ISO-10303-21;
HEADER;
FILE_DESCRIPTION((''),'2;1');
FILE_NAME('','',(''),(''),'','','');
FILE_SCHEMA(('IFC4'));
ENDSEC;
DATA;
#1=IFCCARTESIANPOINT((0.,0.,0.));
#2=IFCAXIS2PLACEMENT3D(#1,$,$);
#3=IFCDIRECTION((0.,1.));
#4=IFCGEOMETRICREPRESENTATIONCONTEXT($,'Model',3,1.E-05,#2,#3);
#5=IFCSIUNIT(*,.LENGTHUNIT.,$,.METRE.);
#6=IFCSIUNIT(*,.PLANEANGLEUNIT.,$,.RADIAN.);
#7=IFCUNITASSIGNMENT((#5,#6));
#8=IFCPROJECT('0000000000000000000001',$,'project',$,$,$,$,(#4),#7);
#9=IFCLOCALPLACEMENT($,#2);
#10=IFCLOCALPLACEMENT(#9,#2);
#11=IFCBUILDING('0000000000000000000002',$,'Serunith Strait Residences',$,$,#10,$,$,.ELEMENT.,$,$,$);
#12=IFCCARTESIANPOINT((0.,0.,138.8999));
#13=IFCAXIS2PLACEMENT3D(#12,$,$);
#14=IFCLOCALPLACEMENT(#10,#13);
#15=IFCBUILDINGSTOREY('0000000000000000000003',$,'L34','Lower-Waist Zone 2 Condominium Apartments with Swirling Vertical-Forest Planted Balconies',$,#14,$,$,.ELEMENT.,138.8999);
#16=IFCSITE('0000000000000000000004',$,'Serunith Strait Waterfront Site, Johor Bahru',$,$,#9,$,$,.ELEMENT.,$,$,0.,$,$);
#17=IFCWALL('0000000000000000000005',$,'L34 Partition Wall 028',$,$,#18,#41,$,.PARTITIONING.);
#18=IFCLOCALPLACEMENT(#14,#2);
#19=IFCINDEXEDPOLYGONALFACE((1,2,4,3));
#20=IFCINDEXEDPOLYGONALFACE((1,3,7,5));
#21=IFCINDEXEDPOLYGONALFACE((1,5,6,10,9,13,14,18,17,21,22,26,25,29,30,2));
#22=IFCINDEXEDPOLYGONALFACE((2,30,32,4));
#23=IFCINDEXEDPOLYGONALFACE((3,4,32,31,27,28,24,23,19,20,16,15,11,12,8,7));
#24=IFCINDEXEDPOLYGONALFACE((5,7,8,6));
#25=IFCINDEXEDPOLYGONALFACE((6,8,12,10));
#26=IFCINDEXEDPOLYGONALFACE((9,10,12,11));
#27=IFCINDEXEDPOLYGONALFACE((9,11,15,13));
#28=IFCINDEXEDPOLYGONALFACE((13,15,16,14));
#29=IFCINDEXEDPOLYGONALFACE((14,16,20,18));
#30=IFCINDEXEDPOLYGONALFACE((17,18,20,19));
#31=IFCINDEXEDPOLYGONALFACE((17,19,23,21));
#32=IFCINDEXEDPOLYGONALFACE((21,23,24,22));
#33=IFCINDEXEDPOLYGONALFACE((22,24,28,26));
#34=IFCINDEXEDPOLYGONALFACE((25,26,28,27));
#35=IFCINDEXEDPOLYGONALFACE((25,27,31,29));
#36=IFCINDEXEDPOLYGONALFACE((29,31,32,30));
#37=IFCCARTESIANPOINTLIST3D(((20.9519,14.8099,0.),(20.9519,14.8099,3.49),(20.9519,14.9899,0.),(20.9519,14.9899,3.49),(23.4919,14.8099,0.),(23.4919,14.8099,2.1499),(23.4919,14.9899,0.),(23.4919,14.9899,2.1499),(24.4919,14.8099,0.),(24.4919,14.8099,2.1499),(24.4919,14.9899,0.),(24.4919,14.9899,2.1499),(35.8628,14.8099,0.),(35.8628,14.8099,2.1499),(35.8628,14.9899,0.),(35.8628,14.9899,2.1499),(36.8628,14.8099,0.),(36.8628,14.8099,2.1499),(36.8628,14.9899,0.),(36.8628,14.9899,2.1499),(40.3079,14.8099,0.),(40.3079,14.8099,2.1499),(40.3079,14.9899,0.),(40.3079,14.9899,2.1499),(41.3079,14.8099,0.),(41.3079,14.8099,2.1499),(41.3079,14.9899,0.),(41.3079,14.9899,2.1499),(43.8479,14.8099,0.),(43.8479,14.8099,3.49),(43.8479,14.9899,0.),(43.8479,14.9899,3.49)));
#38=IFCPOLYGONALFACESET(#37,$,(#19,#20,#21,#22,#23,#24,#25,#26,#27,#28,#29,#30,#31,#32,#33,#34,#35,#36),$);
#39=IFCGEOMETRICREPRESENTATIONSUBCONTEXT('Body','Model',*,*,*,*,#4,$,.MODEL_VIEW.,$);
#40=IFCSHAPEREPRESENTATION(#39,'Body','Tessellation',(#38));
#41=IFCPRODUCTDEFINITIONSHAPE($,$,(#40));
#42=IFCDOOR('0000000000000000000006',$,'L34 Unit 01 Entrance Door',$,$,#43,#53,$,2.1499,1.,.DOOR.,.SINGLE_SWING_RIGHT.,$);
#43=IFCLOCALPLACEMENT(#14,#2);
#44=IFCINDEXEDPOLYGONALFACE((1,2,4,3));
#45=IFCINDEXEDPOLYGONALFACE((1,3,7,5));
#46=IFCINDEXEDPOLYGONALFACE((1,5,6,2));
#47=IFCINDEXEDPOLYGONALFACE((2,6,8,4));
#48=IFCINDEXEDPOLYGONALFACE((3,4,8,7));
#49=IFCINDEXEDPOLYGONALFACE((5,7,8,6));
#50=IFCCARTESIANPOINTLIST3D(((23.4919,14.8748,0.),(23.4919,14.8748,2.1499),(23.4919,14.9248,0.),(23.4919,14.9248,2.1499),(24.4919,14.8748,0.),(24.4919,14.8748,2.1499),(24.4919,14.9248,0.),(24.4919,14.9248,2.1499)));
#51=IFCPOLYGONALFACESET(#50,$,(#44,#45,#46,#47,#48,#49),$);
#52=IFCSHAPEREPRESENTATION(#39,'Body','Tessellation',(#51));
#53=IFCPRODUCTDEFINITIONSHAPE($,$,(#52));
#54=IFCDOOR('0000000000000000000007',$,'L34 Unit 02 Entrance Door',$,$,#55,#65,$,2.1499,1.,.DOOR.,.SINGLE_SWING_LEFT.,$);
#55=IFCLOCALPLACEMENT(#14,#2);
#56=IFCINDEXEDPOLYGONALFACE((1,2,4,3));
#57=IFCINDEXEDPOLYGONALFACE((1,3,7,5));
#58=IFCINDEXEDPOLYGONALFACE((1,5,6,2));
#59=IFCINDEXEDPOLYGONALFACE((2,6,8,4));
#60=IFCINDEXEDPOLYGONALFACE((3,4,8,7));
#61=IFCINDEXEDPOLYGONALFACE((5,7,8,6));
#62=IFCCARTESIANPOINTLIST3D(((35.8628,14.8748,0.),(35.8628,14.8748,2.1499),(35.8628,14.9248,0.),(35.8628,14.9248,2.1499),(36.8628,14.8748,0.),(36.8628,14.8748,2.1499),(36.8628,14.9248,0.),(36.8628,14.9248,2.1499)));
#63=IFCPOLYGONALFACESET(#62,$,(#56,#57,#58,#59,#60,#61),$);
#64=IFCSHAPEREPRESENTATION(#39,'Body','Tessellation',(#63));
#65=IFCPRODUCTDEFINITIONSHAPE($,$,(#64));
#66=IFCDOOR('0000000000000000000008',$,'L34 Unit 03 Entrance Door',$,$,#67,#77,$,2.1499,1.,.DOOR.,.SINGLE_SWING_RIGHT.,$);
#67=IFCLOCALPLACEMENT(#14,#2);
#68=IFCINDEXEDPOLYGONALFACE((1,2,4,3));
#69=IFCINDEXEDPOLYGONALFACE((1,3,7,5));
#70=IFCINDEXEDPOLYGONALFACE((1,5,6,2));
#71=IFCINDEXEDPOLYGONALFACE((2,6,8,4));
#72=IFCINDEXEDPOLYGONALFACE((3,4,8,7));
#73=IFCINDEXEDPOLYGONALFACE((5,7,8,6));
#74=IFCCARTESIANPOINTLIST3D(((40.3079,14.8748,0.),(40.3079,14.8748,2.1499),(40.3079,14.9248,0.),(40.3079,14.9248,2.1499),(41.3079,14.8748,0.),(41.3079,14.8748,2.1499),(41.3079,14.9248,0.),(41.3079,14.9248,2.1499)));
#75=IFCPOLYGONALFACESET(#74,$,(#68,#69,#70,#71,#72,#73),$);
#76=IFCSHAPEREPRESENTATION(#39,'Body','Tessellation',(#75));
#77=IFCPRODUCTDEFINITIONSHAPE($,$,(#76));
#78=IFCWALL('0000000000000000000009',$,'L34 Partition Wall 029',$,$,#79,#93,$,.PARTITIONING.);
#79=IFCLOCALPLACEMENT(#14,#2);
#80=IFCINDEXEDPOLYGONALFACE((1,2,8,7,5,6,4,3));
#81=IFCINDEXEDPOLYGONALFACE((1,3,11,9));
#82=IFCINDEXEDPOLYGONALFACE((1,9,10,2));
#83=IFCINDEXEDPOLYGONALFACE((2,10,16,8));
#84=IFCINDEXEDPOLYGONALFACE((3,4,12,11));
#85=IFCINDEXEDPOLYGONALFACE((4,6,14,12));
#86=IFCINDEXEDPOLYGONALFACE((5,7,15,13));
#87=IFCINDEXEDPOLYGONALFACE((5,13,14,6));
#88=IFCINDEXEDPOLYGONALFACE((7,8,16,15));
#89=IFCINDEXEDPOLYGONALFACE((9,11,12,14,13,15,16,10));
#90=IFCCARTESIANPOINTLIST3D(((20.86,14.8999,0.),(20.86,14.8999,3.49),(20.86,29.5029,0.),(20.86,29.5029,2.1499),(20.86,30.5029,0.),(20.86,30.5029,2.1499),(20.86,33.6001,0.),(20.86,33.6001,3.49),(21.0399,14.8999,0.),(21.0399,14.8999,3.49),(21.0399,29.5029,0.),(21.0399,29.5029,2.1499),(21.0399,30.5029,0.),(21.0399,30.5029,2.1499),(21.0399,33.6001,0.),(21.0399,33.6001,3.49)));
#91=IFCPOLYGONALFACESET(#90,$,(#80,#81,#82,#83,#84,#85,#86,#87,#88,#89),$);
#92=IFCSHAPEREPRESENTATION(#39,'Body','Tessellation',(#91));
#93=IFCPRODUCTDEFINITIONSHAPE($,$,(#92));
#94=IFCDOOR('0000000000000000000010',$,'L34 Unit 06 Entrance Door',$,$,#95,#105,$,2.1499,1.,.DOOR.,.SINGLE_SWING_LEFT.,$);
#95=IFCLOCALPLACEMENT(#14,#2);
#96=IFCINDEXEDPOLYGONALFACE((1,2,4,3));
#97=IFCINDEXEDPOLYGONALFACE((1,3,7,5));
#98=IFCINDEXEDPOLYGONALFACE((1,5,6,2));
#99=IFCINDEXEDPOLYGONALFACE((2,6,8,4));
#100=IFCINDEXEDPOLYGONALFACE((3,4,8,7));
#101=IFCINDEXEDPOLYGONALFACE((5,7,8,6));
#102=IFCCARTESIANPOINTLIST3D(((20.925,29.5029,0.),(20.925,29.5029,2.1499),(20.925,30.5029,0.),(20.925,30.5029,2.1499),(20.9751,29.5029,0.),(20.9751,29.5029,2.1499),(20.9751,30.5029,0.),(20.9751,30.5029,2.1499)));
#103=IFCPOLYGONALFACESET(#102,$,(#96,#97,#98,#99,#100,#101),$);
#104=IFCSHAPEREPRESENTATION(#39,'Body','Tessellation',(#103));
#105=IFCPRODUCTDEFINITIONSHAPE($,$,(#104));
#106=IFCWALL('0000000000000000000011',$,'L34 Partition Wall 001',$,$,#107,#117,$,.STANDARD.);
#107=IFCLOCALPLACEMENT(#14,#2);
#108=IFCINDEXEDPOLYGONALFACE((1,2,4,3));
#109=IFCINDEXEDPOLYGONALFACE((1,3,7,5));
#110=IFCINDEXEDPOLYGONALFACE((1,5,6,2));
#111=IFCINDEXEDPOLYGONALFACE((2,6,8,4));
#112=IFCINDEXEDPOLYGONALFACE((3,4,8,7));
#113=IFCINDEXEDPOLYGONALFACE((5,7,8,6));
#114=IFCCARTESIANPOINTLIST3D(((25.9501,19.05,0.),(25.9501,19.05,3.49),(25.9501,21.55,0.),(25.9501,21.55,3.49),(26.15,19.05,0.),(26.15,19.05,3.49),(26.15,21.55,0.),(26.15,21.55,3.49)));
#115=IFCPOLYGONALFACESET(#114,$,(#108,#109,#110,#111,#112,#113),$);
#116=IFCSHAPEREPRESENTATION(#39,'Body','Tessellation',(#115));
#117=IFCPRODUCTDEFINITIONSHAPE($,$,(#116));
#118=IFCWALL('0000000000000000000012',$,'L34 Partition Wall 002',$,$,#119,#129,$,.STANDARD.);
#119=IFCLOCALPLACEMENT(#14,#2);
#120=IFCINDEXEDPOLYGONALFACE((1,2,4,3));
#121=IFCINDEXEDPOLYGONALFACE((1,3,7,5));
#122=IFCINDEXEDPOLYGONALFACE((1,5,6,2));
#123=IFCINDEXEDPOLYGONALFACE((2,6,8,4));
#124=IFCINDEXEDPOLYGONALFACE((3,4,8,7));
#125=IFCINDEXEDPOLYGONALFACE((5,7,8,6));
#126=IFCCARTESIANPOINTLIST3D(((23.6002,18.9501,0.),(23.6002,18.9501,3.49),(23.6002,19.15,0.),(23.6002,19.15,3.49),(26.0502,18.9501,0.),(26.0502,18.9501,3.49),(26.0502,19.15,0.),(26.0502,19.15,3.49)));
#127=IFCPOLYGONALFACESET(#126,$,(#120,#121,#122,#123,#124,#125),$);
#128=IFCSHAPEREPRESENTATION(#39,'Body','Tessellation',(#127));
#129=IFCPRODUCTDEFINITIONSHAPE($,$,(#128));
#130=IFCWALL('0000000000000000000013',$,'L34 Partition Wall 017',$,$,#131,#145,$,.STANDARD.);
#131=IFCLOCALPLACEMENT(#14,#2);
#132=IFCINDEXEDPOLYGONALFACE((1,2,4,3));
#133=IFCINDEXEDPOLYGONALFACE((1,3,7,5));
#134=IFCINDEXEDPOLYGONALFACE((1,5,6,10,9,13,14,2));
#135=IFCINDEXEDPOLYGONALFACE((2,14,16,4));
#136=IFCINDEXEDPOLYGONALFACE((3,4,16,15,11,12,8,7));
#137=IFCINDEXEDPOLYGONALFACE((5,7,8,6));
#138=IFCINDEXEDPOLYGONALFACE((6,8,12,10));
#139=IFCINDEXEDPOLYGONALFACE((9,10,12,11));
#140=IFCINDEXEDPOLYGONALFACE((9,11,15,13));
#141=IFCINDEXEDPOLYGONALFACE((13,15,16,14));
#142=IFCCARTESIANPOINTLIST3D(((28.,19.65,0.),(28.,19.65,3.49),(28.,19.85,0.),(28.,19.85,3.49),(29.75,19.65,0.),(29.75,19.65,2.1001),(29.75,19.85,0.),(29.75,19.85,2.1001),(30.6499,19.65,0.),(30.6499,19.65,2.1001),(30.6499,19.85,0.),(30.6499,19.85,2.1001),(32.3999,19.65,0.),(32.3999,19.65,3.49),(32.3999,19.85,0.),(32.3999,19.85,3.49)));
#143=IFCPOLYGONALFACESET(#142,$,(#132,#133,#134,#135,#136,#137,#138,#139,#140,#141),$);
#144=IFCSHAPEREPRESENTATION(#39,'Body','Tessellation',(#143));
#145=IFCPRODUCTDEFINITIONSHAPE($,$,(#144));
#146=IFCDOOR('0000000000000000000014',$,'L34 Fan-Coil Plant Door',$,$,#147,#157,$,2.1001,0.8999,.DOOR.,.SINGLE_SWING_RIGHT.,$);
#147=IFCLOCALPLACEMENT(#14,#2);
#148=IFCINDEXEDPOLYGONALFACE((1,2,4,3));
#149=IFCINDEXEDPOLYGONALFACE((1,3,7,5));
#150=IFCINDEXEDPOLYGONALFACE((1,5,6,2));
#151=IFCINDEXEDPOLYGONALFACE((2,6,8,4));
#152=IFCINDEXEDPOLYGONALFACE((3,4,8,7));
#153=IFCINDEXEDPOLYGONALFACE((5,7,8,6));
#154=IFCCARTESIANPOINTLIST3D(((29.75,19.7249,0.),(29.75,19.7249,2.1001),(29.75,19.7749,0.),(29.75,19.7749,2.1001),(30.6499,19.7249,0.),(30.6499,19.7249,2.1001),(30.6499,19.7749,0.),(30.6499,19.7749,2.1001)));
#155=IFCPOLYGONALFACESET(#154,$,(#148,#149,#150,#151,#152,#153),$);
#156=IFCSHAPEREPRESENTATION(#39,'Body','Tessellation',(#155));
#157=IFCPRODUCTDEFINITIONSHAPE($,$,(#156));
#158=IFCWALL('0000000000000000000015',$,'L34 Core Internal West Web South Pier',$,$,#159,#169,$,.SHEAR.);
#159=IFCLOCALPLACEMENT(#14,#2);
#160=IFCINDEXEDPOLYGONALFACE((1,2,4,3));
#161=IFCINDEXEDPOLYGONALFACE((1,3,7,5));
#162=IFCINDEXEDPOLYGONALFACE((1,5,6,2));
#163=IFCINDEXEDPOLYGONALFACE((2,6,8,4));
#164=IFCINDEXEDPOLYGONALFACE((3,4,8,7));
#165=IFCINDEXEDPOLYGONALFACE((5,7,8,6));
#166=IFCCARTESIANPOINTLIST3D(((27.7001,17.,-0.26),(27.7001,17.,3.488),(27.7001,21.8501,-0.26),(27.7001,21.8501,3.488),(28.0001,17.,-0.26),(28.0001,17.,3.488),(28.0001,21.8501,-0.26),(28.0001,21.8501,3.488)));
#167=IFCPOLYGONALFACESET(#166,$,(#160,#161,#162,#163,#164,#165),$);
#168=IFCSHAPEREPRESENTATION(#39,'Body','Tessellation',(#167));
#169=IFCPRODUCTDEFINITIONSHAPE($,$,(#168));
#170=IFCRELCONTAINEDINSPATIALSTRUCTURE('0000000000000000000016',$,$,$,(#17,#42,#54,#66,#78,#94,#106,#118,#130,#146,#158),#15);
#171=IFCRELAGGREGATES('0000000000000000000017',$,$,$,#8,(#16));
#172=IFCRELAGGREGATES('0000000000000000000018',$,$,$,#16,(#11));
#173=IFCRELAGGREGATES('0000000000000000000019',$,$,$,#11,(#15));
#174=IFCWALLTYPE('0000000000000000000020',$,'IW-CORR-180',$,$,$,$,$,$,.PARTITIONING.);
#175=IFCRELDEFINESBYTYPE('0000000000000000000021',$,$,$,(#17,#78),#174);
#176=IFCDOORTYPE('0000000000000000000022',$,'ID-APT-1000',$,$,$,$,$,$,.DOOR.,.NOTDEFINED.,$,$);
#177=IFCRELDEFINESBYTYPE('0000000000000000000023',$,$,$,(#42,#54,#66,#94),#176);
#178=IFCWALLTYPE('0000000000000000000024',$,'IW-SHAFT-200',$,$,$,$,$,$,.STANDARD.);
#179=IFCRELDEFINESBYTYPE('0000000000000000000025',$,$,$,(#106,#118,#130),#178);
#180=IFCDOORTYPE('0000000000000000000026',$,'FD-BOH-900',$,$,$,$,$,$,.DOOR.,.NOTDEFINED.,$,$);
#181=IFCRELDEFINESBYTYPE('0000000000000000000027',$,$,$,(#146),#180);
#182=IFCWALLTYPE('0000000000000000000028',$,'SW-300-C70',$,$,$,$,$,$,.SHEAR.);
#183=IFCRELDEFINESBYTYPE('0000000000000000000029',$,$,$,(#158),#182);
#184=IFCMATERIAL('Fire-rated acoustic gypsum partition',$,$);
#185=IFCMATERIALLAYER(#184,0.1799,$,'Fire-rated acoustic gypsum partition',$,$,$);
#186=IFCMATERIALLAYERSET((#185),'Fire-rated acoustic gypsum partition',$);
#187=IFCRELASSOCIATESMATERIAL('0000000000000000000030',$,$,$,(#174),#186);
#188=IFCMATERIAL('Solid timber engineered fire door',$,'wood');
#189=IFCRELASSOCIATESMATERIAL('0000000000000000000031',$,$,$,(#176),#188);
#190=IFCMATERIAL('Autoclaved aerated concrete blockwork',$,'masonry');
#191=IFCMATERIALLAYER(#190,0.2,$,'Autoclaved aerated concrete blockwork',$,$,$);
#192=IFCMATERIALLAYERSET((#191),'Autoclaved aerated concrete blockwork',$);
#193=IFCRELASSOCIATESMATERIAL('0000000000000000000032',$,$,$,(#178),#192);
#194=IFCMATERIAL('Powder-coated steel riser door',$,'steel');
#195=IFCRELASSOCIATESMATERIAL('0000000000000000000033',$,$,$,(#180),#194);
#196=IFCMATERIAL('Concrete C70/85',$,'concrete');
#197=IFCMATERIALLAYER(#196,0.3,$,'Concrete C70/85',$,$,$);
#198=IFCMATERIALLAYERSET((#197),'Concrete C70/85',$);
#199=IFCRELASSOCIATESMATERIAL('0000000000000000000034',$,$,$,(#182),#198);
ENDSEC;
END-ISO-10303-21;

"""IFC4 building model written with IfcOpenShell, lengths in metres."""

from ifc_helpers import new_model, si_unit, direction, frame, frame_2d, origin, place, context, subcontext, project, spatial, rectangle, extrude, source, transform, mapped, material, layer, layer_set, type_object, element, fill, save


model = new_model("IFC4")

# Units and contexts
model_context = context("Model", 3, precision=1e-05, world=origin(), true_north=direction((0.0, 1.0)))
body_context = subcontext(model_context, "Body", "Model", "MODEL_VIEW")
ifc_project = project(units=[si_unit("LENGTHUNIT", "METRE"), si_unit("PLANEANGLEUNIT", "RADIAN")], contexts=[model_context])

# Site, building, storey
site_placement = place(None, origin())
site = spatial("IfcSite", under=ifc_project, at=site_placement, Name="Serunith Strait Waterfront Site, Johor Bahru", CompositionType="ELEMENT", RefElevation=0.0)
building_placement = place(site_placement, origin())
building = spatial("IfcBuilding", under=site, at=building_placement, Name="Serunith Strait Residences", CompositionType="ELEMENT")
storey_placement = place(building_placement, frame((0.0, 0.0, 138.8999)))
storey = spatial("IfcBuildingStorey", under=building, at=storey_placement, Name="L34", Description="Lower-Waist Zone 2 Condominium Apartments with Swirling Vertical-Forest Planted Balconies", CompositionType="ELEMENT", Elevation=138.8999)

# Wall, openings, doors
ifc_material_1 = material(Name="Fire-rated acoustic gypsum partition")
ifc_layer_1 = layer(ifc_material_1, 0.1799, Name="Fire-rated acoustic gypsum partition")
ifc_layer_set_1 = layer_set([ifc_layer_1], Name="Fire-rated acoustic gypsum partition")
wall_type_1 = type_object("IfcWallType", Name="IW-CORR-180", PredefinedType="PARTITIONING", material=ifc_layer_set_1)
wall_1_placement = place(storey_placement, frame((20.9519, 14.8999, 0.0), z_axis=(0.0, 0.0, 1.0), x_axis=(1.0, 0.0, 0.0)))
wall_1 = element("IfcWall", 1, at=wall_1_placement, inside=storey, type_object=wall_type_1, Name="L34 Partition Wall 028", PredefinedType="PARTITIONING", context=body_context, shape_type="SweptSolid", body=[
    extrude(rectangle(XDim=22.896, YDim=0.1799, at=frame_2d((11.448, 0.0))), origin(), (0.0, 0.0, 1.0), 3.49),
])
opening_1_placement = place(wall_1_placement, frame((2.54, 0.0, 0.0)))
opening_1 = element("IfcOpeningElement", 2, at=opening_1_placement, cuts=wall_1, PredefinedType="OPENING", context=body_context, shape_type="SweptSolid", body=[
    extrude(rectangle(XDim=1.0, YDim=2.1499, at=frame_2d((0.5, 1.075))), frame((0.0, 0.1001, 0.0), z_axis=(0.0, -1.0, 0.0), x_axis=(1.0, 0.0, 0.0)), (0.0, 0.0, 1.0), 0.2),
])
opening_2_placement = place(wall_1_placement, frame((14.9109, 0.0, 0.0)))
opening_2 = element("IfcOpeningElement", 3, at=opening_2_placement, cuts=wall_1, PredefinedType="OPENING", context=body_context, shape_type="SweptSolid", body=[
    extrude(rectangle(XDim=1.0, YDim=2.1499, at=frame_2d((0.5, 1.075))), frame((0.0, 0.1001, 0.0), z_axis=(0.0, -1.0, 0.0), x_axis=(1.0, 0.0, 0.0)), (0.0, 0.0, 1.0), 0.2),
])
opening_3_placement = place(wall_1_placement, frame((19.356, 0.0, 0.0)))
opening_3 = element("IfcOpeningElement", 4, at=opening_3_placement, cuts=wall_1, PredefinedType="OPENING", context=body_context, shape_type="SweptSolid", body=[
    extrude(rectangle(XDim=1.0, YDim=2.1499, at=frame_2d((0.5, 1.075))), frame((0.0, 0.1001, 0.0), z_axis=(0.0, -1.0, 0.0), x_axis=(1.0, 0.0, 0.0)), (0.0, 0.0, 1.0), 0.2),
])
ifc_material_2 = material(Name="Solid timber engineered fire door", Category="wood")
door_type_1 = type_object("IfcDoorType", Name="ID-APT-1000", OperationType="NOTDEFINED", PredefinedType="DOOR", material=ifc_material_2)
shared_shape_1 = source(origin(), body_context, "Body", "SweptSolid", [
    extrude(rectangle(XDim=1.0, YDim=2.1499, at=frame_2d((0.5, 1.075))), frame((0.0, 0.0249, 0.0), z_axis=(0.0, -1.0, 0.0), x_axis=(1.0, 0.0, 0.0)), (0.0, 0.0, 1.0), 0.05),
])
door_1_placement = place(opening_1_placement, origin())
door_1 = element("IfcDoor", 5, at=door_1_placement, inside=storey, type_object=door_type_1, Name="L34 Unit 01 Entrance Door", OperationType="SINGLE_SWING_RIGHT", OverallHeight=2.1499, OverallWidth=1.0, PredefinedType="DOOR", context=body_context, shape_type="MappedRepresentation", body=[
    mapped(shared_shape_1, transform((0.0, 0.0, 0.0), scale=1.0)),
])
fill(opening_1, door_1)
door_2_placement = place(opening_2_placement, origin())
door_2 = element("IfcDoor", 6, at=door_2_placement, inside=storey, type_object=door_type_1, Name="L34 Unit 02 Entrance Door", OperationType="SINGLE_SWING_LEFT", OverallHeight=2.1499, OverallWidth=1.0, PredefinedType="DOOR", context=body_context, shape_type="MappedRepresentation", body=[
    mapped(shared_shape_1, transform((0.0, 0.0, 0.0), scale=1.0)),
])
fill(opening_2, door_2)
door_3_placement = place(opening_3_placement, origin())
door_3 = element("IfcDoor", 7, at=door_3_placement, inside=storey, type_object=door_type_1, Name="L34 Unit 03 Entrance Door", OperationType="SINGLE_SWING_RIGHT", OverallHeight=2.1499, OverallWidth=1.0, PredefinedType="DOOR", context=body_context, shape_type="MappedRepresentation", body=[
    mapped(shared_shape_1, transform((0.0, 0.0, 0.0), scale=1.0)),
])
fill(opening_3, door_3)

# Wall, opening, door
wall_2_placement = place(storey_placement, frame((20.95, 14.8999, 0.0), z_axis=(0.0, 0.0, 1.0), x_axis=(0.0, 1.0, 0.0)))
wall_2 = element("IfcWall", 8, at=wall_2_placement, inside=storey, type_object=wall_type_1, Name="L34 Partition Wall 029", PredefinedType="PARTITIONING", context=body_context, shape_type="SweptSolid", body=[
    extrude(rectangle(XDim=18.7002, YDim=0.1799, at=frame_2d((9.3501, 0.0))), origin(), (0.0, 0.0, 1.0), 3.49),
])
opening_4_placement = place(wall_2_placement, frame((14.603, 0.0, 0.0)))
opening_4 = element("IfcOpeningElement", 9, at=opening_4_placement, cuts=wall_2, PredefinedType="OPENING", context=body_context, shape_type="SweptSolid", body=[
    extrude(rectangle(XDim=1.0, YDim=2.1499, at=frame_2d((0.5, 1.075))), frame((0.0, 0.1001, 0.0), z_axis=(0.0, -1.0, 0.0), x_axis=(1.0, 0.0, 0.0)), (0.0, 0.0, 1.0), 0.2),
])
door_4_placement = place(opening_4_placement, origin())
door_4 = element("IfcDoor", 10, at=door_4_placement, inside=storey, type_object=door_type_1, Name="L34 Unit 06 Entrance Door", OperationType="SINGLE_SWING_LEFT", OverallHeight=2.1499, OverallWidth=1.0, PredefinedType="DOOR", context=body_context, shape_type="MappedRepresentation", body=[
    mapped(shared_shape_1, transform((0.0, 0.0, 0.0), scale=1.0)),
])
fill(opening_4, door_4)

# Walls
ifc_material_3 = material(Name="Autoclaved aerated concrete blockwork", Category="masonry")
ifc_layer_2 = layer(ifc_material_3, 0.2, Name="Autoclaved aerated concrete blockwork")
ifc_layer_set_2 = layer_set([ifc_layer_2], Name="Autoclaved aerated concrete blockwork")
wall_type_2 = type_object("IfcWallType", Name="IW-SHAFT-200", PredefinedType="STANDARD", material=ifc_layer_set_2)
wall_3_placement = place(storey_placement, frame((26.05, 19.05, 0.0), z_axis=(0.0, 0.0, 1.0), x_axis=(0.0, 1.0, 0.0)))
element("IfcWall", 11, at=wall_3_placement, inside=storey, type_object=wall_type_2, Name="L34 Partition Wall 001", PredefinedType="STANDARD", context=body_context, shape_type="SweptSolid", body=[
    extrude(rectangle(XDim=2.5, YDim=0.2, at=frame_2d((1.25, 0.0))), origin(), (0.0, 0.0, 1.0), 3.49),
])
wall_4_placement = place(storey_placement, frame((23.6001, 19.05, 0.0), z_axis=(0.0, 0.0, 1.0), x_axis=(1.0, 0.0, 0.0)))
element("IfcWall", 12, at=wall_4_placement, inside=storey, type_object=wall_type_2, Name="L34 Partition Wall 002", PredefinedType="STANDARD", context=body_context, shape_type="SweptSolid", body=[
    extrude(rectangle(XDim=2.45, YDim=0.2, at=frame_2d((1.2251, 0.0))), origin(), (0.0, 0.0, 1.0), 3.49),
])

# Wall, opening, door
wall_5_placement = place(storey_placement, frame((28.0, 19.75, 0.0), z_axis=(0.0, 0.0, 1.0), x_axis=(1.0, 0.0, 0.0)))
wall_5 = element("IfcWall", 13, at=wall_5_placement, inside=storey, type_object=wall_type_2, Name="L34 Partition Wall 017", PredefinedType="STANDARD", context=body_context, shape_type="SweptSolid", body=[
    extrude(rectangle(XDim=4.3999, YDim=0.2, at=frame_2d((2.2, 0.0))), origin(), (0.0, 0.0, 1.0), 3.49),
])
opening_5_placement = place(wall_5_placement, frame((1.75, 0.0, 0.0)))
opening_5 = element("IfcOpeningElement", 14, at=opening_5_placement, cuts=wall_5, PredefinedType="OPENING", context=body_context, shape_type="SweptSolid", body=[
    extrude(rectangle(XDim=0.8999, YDim=2.1001, at=frame_2d((0.45, 1.05))), frame((0.0, 0.1099, 0.0), z_axis=(0.0, -1.0, 0.0), x_axis=(1.0, 0.0, 0.0)), (0.0, 0.0, 1.0), 0.22),
])
ifc_material_4 = material(Name="Powder-coated steel riser door", Category="steel")
door_type_2 = type_object("IfcDoorType", Name="FD-BOH-900", OperationType="NOTDEFINED", PredefinedType="DOOR", material=ifc_material_4)
shared_shape_2 = source(origin(), body_context, "Body", "SweptSolid", [
    extrude(rectangle(XDim=0.8999, YDim=2.1001, at=frame_2d((0.45, 1.05))), frame((0.0, 0.0249, 0.0), z_axis=(0.0, -1.0, 0.0), x_axis=(1.0, 0.0, 0.0)), (0.0, 0.0, 1.0), 0.05),
])
door_5_placement = place(opening_5_placement, origin())
door_5 = element("IfcDoor", 15, at=door_5_placement, inside=storey, type_object=door_type_2, Name="L34 Fan-Coil Plant Door", OperationType="SINGLE_SWING_RIGHT", OverallHeight=2.1001, OverallWidth=0.8999, PredefinedType="DOOR", context=body_context, shape_type="MappedRepresentation", body=[
    mapped(shared_shape_2, transform((0.0, 0.0, 0.0), scale=1.0)),
])
fill(opening_5, door_5)

# Wall
ifc_material_5 = material(Name="Concrete C70/85", Category="concrete")
ifc_layer_3 = layer(ifc_material_5, 0.3, Name="Concrete C70/85")
ifc_layer_set_3 = layer_set([ifc_layer_3], Name="Concrete C70/85")
wall_type_3 = type_object("IfcWallType", Name="SW-300-C70", PredefinedType="SHEAR", material=ifc_layer_set_3)
wall_6_placement = place(storey_placement, frame((27.8501, 17.0, -0.26), z_axis=(0.0, 0.0, 1.0), x_axis=(0.0, 1.0, 0.0)))
element("IfcWall", 16, at=wall_6_placement, inside=storey, type_object=wall_type_3, Name="L34 Core Internal West Web South Pier", PredefinedType="SHEAR", context=body_context, shape_type="SweptSolid", body=[
    extrude(rectangle(XDim=4.8501, YDim=0.3, at=frame_2d((2.425, 0.0))), origin(), (0.0, 0.0, 1.0), 3.748),
])

save(model, "model.ifc")
